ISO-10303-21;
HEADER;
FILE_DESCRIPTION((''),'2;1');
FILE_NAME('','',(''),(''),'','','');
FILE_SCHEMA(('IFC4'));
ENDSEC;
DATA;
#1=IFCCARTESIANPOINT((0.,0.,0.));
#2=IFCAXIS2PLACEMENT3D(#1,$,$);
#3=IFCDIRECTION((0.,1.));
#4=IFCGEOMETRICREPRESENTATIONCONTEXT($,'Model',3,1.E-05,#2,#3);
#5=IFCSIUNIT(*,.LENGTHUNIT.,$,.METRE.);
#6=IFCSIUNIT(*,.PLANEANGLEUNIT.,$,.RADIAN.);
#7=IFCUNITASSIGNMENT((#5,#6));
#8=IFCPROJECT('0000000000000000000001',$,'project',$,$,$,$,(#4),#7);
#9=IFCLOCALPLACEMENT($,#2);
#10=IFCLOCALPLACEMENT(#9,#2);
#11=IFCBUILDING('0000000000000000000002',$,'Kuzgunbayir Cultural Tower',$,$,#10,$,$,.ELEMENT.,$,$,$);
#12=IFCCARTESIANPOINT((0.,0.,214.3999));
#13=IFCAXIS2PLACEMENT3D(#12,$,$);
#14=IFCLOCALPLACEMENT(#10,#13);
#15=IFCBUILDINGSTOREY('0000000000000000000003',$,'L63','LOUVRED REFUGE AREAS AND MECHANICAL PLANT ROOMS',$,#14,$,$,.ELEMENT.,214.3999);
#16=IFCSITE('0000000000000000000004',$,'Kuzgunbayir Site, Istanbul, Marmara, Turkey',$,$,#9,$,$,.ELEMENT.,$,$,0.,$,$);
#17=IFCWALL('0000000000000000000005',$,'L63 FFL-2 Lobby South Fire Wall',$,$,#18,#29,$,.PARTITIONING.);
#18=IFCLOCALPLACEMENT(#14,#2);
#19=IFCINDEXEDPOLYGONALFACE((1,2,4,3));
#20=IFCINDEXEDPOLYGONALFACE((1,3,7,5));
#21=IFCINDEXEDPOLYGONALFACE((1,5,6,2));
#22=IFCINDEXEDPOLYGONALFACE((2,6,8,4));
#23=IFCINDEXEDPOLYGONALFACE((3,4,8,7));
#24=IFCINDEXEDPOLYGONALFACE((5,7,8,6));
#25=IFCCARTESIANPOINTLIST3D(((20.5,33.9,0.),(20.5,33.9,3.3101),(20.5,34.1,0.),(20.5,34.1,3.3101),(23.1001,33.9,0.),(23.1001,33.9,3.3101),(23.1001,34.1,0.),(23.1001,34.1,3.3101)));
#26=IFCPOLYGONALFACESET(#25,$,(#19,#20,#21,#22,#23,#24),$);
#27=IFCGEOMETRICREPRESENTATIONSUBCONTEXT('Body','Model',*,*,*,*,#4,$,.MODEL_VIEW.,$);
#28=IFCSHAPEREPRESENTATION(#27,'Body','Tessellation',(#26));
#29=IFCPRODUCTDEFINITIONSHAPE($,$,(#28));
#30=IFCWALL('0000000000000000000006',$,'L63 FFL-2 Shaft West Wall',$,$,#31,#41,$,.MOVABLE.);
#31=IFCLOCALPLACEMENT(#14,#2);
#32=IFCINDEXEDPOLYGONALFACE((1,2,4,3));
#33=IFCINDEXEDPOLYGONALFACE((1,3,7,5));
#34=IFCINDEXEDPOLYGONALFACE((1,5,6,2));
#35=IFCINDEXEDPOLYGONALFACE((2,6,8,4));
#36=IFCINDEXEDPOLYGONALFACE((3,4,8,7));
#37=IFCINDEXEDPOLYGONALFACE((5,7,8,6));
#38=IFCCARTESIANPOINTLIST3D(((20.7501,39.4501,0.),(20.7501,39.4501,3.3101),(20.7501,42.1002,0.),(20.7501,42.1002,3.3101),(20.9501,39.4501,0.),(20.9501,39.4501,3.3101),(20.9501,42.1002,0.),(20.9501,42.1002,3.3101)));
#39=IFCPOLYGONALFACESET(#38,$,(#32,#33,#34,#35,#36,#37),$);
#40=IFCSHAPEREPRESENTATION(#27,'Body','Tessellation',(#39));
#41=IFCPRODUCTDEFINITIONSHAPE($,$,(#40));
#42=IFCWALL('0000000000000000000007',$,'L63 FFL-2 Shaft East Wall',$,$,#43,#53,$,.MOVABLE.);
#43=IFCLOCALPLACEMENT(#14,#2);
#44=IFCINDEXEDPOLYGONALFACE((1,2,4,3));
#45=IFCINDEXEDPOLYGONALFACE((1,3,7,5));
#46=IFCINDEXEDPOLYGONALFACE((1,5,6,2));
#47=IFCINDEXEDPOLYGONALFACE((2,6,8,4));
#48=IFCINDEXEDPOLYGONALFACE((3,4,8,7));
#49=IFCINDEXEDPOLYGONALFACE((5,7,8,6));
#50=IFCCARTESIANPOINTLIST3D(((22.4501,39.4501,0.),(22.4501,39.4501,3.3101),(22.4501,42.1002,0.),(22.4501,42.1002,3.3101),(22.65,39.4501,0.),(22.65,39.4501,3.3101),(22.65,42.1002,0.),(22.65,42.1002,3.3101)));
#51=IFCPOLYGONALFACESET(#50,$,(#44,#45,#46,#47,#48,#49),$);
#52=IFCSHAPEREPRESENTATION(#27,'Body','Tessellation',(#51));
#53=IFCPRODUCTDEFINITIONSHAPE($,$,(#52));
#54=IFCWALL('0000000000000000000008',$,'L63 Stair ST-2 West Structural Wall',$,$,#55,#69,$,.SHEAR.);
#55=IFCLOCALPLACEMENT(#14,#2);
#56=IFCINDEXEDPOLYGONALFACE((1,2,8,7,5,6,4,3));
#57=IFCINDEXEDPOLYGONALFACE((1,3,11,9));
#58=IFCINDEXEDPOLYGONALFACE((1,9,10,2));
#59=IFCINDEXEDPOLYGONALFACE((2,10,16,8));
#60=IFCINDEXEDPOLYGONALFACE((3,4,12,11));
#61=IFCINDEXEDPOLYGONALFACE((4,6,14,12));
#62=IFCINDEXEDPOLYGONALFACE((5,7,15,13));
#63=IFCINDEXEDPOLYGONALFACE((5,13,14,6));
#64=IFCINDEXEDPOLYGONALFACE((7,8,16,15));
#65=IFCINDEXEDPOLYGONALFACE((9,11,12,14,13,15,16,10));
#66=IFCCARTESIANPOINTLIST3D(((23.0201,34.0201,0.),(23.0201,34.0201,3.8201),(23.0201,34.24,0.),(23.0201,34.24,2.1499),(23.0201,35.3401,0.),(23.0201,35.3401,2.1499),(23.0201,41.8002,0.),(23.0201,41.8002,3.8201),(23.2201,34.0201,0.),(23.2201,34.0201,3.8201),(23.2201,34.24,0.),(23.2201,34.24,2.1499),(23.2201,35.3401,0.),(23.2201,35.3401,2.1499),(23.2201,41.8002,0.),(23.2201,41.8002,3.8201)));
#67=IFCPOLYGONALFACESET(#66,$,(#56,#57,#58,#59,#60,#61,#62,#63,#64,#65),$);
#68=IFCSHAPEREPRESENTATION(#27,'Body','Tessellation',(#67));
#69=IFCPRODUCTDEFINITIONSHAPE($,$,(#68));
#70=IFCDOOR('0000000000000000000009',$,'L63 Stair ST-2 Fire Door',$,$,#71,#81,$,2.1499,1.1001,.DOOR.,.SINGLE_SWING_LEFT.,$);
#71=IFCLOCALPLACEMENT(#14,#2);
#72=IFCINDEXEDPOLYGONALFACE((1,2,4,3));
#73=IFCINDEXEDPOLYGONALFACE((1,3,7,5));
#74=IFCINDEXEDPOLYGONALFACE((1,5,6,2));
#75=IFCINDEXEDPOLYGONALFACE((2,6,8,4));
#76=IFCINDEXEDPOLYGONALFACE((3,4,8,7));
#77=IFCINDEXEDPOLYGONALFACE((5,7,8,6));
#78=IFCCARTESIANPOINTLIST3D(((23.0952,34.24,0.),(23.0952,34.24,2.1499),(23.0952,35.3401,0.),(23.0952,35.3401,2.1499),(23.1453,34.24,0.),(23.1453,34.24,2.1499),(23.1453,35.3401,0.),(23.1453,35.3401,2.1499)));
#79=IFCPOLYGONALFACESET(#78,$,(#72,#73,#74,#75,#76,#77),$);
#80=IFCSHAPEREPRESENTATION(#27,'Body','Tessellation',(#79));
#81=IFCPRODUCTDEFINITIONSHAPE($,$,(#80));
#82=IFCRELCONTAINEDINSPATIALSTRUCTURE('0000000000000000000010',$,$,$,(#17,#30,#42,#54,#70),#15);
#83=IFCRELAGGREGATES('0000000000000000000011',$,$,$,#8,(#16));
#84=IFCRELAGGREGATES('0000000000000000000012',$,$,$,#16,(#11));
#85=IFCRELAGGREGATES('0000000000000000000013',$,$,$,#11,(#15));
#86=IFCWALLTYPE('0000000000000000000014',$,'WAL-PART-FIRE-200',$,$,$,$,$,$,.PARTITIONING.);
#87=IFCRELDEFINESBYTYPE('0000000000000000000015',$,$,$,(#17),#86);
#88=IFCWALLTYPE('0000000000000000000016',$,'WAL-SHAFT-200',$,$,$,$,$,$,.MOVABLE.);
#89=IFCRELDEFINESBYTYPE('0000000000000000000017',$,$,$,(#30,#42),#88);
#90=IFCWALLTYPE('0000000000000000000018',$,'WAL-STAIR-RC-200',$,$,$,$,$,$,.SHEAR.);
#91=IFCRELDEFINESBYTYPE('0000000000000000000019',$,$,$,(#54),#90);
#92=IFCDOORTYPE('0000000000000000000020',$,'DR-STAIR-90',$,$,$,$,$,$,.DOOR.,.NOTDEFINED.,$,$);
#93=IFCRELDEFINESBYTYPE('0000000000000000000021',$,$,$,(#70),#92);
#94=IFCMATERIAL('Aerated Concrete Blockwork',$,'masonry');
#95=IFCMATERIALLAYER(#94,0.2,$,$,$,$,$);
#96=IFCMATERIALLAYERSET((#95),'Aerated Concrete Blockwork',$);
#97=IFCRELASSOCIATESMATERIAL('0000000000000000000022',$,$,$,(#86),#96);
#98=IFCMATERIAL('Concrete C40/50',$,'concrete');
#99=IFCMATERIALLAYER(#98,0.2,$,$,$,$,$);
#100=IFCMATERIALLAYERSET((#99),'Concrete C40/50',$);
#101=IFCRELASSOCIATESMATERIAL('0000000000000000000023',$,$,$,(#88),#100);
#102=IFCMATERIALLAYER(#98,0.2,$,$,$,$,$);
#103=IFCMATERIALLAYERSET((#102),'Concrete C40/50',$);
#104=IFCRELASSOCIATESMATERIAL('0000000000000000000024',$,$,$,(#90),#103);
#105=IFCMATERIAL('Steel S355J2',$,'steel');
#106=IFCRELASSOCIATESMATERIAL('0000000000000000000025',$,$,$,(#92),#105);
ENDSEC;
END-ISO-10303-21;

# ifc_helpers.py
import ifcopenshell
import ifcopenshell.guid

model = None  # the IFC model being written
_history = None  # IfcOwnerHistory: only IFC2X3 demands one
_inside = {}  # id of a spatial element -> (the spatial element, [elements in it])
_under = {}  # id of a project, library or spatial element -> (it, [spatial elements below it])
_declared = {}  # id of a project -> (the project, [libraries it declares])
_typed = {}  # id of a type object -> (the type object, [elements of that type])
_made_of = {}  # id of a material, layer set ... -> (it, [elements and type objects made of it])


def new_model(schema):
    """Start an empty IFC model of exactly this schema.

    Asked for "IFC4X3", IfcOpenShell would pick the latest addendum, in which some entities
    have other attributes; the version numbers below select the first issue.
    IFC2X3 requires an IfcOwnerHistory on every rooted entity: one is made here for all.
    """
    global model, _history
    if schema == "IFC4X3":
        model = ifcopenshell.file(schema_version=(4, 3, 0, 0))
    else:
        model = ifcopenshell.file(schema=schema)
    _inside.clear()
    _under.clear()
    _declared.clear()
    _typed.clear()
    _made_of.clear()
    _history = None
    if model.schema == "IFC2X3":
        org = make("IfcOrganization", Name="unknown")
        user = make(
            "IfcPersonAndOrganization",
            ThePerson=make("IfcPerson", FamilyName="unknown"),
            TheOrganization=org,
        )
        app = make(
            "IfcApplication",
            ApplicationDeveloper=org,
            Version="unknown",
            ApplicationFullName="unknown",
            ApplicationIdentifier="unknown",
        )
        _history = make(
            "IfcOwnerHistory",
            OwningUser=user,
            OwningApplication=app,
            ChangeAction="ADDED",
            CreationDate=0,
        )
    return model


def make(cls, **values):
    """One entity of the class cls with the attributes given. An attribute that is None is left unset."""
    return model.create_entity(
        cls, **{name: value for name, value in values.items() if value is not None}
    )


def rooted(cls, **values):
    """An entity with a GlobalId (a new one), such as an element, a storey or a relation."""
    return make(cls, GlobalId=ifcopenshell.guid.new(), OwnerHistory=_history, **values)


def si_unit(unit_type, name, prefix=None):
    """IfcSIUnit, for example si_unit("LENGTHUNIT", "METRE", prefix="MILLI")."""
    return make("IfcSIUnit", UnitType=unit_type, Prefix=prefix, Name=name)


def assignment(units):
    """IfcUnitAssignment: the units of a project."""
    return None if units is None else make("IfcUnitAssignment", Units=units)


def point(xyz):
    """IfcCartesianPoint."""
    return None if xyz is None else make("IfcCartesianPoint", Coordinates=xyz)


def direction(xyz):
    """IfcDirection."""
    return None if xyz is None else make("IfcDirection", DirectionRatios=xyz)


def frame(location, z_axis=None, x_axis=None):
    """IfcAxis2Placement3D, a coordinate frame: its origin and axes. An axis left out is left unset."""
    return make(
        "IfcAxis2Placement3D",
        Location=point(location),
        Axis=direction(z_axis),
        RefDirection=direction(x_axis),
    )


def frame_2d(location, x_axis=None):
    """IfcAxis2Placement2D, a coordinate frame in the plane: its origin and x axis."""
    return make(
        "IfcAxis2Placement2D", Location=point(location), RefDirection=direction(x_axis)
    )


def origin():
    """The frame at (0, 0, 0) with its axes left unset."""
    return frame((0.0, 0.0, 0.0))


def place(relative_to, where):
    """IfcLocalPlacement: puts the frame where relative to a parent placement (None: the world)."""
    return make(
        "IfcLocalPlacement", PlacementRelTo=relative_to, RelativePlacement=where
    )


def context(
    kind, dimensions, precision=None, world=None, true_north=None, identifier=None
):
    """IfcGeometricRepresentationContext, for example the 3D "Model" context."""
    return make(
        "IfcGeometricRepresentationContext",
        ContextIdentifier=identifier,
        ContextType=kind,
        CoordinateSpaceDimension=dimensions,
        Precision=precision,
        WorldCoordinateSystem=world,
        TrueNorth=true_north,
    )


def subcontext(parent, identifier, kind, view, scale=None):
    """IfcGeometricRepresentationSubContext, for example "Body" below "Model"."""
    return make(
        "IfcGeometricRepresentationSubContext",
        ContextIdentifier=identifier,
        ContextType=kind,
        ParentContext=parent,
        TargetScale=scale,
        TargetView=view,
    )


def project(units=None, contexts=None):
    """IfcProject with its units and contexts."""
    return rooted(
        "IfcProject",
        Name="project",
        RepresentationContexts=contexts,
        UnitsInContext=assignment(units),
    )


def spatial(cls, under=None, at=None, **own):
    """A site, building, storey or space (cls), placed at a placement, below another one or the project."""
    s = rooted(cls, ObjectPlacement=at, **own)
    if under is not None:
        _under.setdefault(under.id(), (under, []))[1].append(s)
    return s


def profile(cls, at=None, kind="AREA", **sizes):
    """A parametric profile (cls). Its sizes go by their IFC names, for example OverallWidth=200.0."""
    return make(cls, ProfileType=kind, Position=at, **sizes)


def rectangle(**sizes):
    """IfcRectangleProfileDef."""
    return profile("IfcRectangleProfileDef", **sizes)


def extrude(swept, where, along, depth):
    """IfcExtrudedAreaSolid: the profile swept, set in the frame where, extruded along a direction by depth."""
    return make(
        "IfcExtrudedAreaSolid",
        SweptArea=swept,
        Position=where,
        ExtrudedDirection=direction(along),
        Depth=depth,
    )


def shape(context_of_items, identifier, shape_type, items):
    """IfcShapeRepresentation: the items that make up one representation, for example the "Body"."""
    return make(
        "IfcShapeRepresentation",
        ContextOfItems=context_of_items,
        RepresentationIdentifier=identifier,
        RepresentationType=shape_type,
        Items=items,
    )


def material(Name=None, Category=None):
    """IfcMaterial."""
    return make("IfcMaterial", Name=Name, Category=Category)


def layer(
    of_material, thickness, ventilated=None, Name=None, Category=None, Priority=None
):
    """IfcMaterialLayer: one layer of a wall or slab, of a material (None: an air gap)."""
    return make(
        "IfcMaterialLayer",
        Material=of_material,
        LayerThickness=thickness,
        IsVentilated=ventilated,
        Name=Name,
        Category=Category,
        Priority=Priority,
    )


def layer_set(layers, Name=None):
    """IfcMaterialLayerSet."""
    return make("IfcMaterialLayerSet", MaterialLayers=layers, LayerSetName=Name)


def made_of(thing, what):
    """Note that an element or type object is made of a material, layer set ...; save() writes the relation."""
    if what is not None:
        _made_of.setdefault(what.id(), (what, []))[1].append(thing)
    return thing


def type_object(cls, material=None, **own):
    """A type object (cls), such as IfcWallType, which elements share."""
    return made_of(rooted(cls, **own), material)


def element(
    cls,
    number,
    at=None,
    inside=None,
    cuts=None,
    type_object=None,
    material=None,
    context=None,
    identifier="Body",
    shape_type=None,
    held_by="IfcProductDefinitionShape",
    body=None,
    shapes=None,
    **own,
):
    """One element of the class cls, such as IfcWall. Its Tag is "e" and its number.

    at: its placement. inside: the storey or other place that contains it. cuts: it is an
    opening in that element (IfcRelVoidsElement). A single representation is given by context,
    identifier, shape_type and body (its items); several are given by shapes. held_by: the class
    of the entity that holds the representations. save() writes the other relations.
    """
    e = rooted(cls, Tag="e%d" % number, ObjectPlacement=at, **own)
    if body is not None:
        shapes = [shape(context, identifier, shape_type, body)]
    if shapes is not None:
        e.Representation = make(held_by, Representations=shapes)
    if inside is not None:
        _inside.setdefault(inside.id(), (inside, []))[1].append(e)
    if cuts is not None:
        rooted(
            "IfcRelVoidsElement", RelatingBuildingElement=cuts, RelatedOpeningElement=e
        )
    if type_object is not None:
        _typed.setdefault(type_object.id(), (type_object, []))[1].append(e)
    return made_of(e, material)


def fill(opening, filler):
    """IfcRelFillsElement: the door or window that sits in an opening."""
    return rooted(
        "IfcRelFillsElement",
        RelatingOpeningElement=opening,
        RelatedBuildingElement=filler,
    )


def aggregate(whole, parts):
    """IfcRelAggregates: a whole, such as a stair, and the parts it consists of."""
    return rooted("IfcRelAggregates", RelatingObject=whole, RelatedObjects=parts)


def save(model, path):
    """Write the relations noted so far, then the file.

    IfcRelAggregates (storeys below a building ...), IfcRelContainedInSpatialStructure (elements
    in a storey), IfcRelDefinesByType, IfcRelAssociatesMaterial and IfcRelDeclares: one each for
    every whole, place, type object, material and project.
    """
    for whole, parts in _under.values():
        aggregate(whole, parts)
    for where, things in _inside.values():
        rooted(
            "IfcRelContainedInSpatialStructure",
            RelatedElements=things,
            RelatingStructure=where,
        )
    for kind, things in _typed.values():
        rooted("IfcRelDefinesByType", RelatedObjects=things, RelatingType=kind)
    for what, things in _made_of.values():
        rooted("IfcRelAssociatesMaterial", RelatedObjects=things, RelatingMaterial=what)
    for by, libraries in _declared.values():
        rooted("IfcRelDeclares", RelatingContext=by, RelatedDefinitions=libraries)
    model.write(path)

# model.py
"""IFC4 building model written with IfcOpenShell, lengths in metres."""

from ifc_helpers import new_model, si_unit, direction, frame, frame_2d, origin, place, context, subcontext, project, spatial, rectangle, extrude, material, layer, layer_set, type_object, element, fill, save


model = new_model("IFC4")

# Units and contexts
model_context = context("Model", 3, precision=1e-05, world=origin(), true_north=direction((0.0, 1.0)))
body_context = subcontext(model_context, "Body", "Model", "MODEL_VIEW")
ifc_project = project(units=[si_unit("LENGTHUNIT", "METRE"), si_unit("PLANEANGLEUNIT", "RADIAN")], contexts=[model_context])

# Site, building, storey
site_placement = place(None, origin())
site = spatial("IfcSite", under=ifc_project, at=site_placement, Name="Kuzgunbayir Site, Istanbul, Marmara, Turkey", CompositionType="ELEMENT", RefElevation=0.0)
building_placement = place(site_placement, origin())
building = spatial("IfcBuilding", under=site, at=building_placement, Name="Kuzgunbayir Cultural Tower", CompositionType="ELEMENT")
storey_placement = place(building_placement, frame((0.0, 0.0, 214.3999)))
storey = spatial("IfcBuildingStorey", under=building, at=storey_placement, Name="L63", Description="LOUVRED REFUGE AREAS AND MECHANICAL PLANT ROOMS", CompositionType="ELEMENT", Elevation=214.3999)

# Shared definitions
ifc_material_1 = material(Name="Steel S355J2", Category="steel")

# Shared definitions
ifc_material_2 = material(Name="Concrete C40/50", Category="concrete")

# Shared definitions
ifc_material_3 = material(Name="Aerated Concrete Blockwork", Category="masonry")
ifc_layer_1 = layer(ifc_material_3, 0.2)
ifc_layer_set_1 = layer_set([ifc_layer_1], Name="Aerated Concrete Blockwork")
wall_type_1 = type_object("IfcWallType", Name="WAL-PART-FIRE-200", PredefinedType="PARTITIONING", material=ifc_layer_set_1)

# Wall
wall_1_placement = place(storey_placement, frame((20.5, 34.0, 0.0), z_axis=(0.0, 0.0, 1.0), x_axis=(1.0, 0.0, 0.0)))
element("IfcWall", 1, at=wall_1_placement, inside=storey, type_object=wall_type_1, Name="L63 FFL-2 Lobby South Fire Wall", PredefinedType="PARTITIONING", context=body_context, shape_type="SweptSolid", body=[
    extrude(rectangle(XDim=2.6001, YDim=0.2, at=frame_2d((1.3, 0.0))), origin(), (0.0, 0.0, 1.0), 3.3101),
])

# Shared definitions
ifc_layer_2 = layer(ifc_material_2, 0.2)
ifc_layer_set_2 = layer_set([ifc_layer_2], Name="Concrete C40/50")
wall_type_2 = type_object("IfcWallType", Name="WAL-SHAFT-200", PredefinedType="MOVABLE", material=ifc_layer_set_2)

# Walls
for number, where, z_axis, x_axis, name in (
    (2, (20.8501, 39.45, 0.0), (0.0, 0.0, 1.0), (0.0, 1.0, 0.0), "L63 FFL-2 Shaft West Wall"),
    (3, (22.55, 39.45, 0.0), (0.0, 0.0, 1.0), (0.0, 1.0, 0.0), "L63 FFL-2 Shaft East Wall"),
):
    element("IfcWall", number, at=place(storey_placement, frame(where, z_axis=z_axis, x_axis=x_axis)), inside=storey, type_object=wall_type_2, Name=name, PredefinedType="MOVABLE", context=body_context, shape_type="SweptSolid", body=[
        extrude(rectangle(XDim=2.6501, YDim=0.2, at=frame_2d((1.3252, 0.0))), origin(), (0.0, 0.0, 1.0), 3.3101),
    ])

# Wall, opening, door
ifc_layer_3 = layer(ifc_material_2, 0.2)
ifc_layer_set_3 = layer_set([ifc_layer_3], Name="Concrete C40/50")
wall_type_3 = type_object("IfcWallType", Name="WAL-STAIR-RC-200", PredefinedType="SHEAR", material=ifc_layer_set_3)
wall_2_placement = place(storey_placement, frame((23.1201, 34.02, 0.0), z_axis=(0.0, 0.0, 1.0), x_axis=(0.0, 1.0, 0.0)))
wall_2 = element("IfcWall", 4, at=wall_2_placement, inside=storey, type_object=wall_type_3, Name="L63 Stair ST-2 West Structural Wall", PredefinedType="SHEAR", context=body_context, shape_type="SweptSolid", body=[
    extrude(rectangle(XDim=7.78, YDim=0.2, at=frame_2d((3.8901, 0.0))), origin(), (0.0, 0.0, 1.0), 3.8201),
])
opening_1_placement = place(wall_2_placement, frame((0.22, 0.0, 0.0)))
opening_1 = element("IfcOpeningElement", 5, at=opening_1_placement, cuts=wall_2, PredefinedType="OPENING", context=body_context, shape_type="SweptSolid", body=[
    extrude(rectangle(XDim=1.1001, YDim=2.1499, at=frame_2d((0.55, 1.075))), frame((0.0, 0.1099, 0.0), z_axis=(0.0, -1.0, 0.0), x_axis=(1.0, 0.0, 0.0)), (0.0, 0.0, 1.0), 0.22),
])
door_type_1 = type_object("IfcDoorType", Name="DR-STAIR-90", OperationType="NOTDEFINED", PredefinedType="DOOR", material=ifc_material_1)
door_1_placement = place(opening_1_placement, origin())
door_1 = element("IfcDoor", 6, at=door_1_placement, inside=storey, type_object=door_type_1, Name="L63 Stair ST-2 Fire Door", OperationType="SINGLE_SWING_LEFT", OverallHeight=2.1499, OverallWidth=1.1001, PredefinedType="DOOR", context=body_context, shape_type="SweptSolid", body=[
    extrude(rectangle(XDim=1.1001, YDim=2.1499, at=frame_2d((0.55, 1.075))), frame((0.0, 0.0249, 0.0), z_axis=(0.0, -1.0, 0.0), x_axis=(1.0, 0.0, 0.0)), (0.0, 0.0, 1.0), 0.05),
])
fill(opening_1, door_1)

save(model, "model.ifc")
